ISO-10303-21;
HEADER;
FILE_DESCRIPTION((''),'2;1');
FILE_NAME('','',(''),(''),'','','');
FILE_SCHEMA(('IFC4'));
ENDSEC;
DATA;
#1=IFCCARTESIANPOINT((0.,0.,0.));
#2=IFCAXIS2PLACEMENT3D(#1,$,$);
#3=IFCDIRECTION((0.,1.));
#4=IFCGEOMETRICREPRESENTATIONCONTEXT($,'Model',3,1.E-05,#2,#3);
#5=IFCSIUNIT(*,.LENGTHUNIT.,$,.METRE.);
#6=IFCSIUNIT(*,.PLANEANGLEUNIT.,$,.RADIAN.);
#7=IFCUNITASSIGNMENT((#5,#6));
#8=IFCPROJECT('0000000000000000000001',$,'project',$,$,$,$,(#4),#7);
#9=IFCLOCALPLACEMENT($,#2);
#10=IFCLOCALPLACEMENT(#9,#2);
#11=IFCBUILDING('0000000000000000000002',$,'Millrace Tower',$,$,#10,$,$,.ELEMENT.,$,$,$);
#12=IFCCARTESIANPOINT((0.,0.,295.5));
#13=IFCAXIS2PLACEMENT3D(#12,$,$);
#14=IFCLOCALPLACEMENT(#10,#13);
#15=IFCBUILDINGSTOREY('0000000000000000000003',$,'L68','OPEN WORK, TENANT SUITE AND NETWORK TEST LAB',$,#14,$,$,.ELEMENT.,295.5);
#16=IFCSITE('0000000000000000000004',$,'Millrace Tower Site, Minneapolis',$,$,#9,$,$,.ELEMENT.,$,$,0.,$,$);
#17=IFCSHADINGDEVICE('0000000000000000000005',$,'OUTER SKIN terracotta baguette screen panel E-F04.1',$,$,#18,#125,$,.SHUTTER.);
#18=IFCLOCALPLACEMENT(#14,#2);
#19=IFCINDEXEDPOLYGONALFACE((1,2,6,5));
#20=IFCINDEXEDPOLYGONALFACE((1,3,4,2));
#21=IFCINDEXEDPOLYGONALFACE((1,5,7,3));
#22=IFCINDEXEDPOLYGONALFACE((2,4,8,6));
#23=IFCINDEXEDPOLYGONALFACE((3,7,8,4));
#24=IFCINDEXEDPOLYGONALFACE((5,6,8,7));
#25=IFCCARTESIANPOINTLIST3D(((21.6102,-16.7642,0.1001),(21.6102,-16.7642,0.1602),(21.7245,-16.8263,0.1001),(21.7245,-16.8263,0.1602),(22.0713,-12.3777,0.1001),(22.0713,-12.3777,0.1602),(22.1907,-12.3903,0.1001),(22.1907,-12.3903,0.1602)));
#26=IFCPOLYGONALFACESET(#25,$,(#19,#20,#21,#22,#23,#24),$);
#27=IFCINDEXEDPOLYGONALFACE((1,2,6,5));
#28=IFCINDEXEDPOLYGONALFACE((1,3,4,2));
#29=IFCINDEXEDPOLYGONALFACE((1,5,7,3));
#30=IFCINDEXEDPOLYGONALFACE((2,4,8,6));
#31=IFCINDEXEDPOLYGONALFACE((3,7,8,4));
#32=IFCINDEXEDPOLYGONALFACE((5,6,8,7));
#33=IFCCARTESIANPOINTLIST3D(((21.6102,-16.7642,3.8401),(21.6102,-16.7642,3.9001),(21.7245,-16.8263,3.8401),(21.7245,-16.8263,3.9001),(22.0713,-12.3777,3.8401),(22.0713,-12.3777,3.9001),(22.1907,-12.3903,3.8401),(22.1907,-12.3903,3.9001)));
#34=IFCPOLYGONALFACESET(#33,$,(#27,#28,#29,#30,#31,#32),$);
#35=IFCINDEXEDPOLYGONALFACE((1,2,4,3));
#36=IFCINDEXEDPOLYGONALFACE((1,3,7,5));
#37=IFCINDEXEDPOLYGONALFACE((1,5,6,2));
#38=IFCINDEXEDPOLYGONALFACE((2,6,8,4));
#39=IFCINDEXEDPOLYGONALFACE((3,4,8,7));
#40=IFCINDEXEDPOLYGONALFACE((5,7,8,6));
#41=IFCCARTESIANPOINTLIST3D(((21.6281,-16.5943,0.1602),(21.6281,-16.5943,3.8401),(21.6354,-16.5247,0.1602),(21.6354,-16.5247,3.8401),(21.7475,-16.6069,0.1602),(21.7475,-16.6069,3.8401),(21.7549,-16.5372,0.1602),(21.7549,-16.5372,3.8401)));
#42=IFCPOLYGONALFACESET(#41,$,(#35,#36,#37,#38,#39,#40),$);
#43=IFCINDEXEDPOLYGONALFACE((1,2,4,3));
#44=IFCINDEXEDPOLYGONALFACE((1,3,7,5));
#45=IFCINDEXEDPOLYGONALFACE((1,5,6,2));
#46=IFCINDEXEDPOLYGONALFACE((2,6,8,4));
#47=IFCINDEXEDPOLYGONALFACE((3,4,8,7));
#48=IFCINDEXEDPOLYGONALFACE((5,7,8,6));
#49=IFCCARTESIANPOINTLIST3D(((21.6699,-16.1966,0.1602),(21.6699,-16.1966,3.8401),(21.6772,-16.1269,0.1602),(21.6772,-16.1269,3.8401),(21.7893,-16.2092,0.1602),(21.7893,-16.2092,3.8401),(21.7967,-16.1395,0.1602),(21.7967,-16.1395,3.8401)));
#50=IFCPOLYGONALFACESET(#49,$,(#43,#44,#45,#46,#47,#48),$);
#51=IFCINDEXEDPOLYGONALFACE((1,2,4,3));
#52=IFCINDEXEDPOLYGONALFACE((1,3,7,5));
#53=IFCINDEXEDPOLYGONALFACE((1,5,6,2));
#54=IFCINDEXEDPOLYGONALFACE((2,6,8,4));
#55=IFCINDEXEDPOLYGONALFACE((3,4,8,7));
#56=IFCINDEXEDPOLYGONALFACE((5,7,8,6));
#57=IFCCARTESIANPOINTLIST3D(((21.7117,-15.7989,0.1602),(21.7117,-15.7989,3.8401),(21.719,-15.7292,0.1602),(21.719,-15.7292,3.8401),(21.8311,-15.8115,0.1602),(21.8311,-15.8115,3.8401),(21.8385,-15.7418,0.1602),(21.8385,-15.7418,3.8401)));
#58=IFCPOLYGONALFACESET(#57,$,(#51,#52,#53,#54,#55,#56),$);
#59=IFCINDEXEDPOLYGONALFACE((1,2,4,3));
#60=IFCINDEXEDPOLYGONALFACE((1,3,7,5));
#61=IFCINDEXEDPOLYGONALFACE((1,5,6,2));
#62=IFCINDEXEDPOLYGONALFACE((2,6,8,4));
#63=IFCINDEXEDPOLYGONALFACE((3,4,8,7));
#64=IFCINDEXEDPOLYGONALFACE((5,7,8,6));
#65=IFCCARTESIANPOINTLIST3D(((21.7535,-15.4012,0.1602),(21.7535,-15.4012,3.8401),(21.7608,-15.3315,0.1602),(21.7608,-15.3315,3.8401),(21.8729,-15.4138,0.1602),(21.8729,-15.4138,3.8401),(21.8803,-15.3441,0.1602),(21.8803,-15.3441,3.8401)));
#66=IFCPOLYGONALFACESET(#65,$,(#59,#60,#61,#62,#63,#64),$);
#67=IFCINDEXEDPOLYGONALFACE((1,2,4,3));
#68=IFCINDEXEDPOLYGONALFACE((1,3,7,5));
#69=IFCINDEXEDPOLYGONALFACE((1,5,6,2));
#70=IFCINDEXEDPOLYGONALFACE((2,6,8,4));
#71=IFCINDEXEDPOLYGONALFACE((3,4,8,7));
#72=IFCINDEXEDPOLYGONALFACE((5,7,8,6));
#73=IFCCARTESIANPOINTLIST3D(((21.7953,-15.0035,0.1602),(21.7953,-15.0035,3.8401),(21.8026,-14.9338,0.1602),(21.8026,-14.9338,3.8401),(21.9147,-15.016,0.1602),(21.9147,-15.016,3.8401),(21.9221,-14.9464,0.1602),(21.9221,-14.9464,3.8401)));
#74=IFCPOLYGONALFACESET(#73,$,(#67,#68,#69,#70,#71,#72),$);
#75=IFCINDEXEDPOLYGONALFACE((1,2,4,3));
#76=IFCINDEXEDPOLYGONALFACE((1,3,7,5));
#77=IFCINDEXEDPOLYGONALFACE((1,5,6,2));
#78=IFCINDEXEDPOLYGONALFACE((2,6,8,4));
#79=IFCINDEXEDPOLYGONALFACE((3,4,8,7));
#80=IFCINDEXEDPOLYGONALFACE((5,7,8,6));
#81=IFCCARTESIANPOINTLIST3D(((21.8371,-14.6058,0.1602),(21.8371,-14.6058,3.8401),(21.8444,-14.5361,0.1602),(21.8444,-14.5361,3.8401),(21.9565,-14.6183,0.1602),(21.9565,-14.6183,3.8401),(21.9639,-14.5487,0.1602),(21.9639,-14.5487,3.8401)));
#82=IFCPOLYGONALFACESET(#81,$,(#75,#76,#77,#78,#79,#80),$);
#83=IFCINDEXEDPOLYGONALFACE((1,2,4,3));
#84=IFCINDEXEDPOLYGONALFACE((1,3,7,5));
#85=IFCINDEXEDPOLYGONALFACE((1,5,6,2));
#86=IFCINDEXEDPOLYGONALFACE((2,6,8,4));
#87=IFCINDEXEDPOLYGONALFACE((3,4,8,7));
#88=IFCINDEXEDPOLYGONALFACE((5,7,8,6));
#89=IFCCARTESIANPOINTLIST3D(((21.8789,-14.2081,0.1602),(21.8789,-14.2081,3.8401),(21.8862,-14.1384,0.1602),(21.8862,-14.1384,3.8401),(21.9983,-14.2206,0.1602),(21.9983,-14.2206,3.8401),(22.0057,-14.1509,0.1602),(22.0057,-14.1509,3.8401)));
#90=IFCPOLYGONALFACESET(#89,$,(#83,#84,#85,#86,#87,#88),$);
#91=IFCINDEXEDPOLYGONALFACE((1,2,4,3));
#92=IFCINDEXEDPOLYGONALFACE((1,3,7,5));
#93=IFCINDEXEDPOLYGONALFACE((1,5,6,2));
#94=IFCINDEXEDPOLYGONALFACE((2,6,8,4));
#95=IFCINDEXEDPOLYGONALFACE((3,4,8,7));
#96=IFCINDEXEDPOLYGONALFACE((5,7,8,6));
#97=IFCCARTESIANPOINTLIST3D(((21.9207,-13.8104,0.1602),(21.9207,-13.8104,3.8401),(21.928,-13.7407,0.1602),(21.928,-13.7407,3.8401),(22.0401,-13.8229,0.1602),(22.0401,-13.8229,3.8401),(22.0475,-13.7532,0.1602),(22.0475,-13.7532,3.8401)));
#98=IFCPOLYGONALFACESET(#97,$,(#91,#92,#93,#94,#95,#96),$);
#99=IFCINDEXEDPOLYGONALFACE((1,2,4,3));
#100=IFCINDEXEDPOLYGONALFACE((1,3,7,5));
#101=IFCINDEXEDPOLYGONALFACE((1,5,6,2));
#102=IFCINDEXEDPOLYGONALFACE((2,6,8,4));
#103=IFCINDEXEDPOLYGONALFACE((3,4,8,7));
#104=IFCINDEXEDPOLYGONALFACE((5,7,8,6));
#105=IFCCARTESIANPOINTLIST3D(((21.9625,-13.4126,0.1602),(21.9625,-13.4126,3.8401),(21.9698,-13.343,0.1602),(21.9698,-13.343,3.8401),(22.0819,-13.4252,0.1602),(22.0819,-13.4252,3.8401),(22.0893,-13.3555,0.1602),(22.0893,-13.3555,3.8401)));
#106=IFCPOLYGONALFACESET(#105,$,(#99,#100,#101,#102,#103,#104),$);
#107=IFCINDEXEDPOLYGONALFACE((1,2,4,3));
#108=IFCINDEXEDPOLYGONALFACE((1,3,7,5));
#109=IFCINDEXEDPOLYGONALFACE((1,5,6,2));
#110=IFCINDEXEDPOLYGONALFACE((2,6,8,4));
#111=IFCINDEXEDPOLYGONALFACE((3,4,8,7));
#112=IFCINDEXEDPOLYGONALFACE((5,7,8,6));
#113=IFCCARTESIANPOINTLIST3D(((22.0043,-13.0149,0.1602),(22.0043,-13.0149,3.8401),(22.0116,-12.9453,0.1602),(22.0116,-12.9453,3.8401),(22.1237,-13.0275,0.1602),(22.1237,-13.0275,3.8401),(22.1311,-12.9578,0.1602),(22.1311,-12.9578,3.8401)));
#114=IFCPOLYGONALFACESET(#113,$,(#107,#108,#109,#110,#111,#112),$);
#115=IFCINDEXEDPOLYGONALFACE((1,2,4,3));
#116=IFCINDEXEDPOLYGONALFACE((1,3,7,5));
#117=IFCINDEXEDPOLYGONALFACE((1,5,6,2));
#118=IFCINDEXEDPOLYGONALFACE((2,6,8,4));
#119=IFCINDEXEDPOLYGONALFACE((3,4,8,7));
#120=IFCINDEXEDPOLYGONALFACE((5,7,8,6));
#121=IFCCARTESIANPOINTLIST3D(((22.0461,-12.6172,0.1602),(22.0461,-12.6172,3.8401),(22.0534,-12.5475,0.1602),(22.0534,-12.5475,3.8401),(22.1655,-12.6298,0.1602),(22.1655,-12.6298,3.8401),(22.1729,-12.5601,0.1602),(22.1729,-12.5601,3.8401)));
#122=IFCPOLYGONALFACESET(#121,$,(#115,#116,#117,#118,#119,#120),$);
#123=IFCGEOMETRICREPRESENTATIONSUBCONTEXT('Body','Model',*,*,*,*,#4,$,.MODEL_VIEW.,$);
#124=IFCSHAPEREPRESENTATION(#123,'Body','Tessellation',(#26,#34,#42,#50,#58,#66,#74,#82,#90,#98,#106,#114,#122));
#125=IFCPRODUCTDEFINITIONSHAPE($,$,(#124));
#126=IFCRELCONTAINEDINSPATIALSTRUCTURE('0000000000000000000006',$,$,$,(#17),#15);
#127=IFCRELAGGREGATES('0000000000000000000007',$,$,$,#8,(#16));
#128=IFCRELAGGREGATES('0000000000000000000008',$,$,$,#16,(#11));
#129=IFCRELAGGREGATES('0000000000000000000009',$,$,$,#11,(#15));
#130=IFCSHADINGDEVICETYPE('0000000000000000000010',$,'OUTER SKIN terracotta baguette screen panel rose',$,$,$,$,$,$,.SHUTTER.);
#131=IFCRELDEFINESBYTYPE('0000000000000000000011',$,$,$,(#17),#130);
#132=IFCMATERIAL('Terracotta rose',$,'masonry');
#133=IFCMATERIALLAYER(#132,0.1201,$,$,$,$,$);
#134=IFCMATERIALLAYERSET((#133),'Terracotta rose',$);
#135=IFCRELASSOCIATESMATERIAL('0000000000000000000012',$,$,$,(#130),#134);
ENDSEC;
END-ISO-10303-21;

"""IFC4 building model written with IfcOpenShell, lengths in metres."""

from ifc_helpers import new_model, entity, si_unit, direction, frame, frame_2d, origin, place, context, subcontext, project, spatial, rectangle, extrude, source, transform, mapped, material, layer, layer_set, type_object, element, save


model = new_model("IFC4")

# Units and contexts
model_context = context("Model", 3, precision=1e-05, world=origin(), true_north=direction((0.0, 1.0)))
body_context = subcontext(model_context, "Body", "Model", "MODEL_VIEW")
ifc_project = project(units=[si_unit("LENGTHUNIT", "METRE"), si_unit("PLANEANGLEUNIT", "RADIAN")], contexts=[model_context])

# Site, building, storey
site_placement = place(None, origin())
site = spatial("IfcSite", under=ifc_project, at=site_placement, Name="Millrace Tower Site, Minneapolis", CompositionType="ELEMENT", RefElevation=0.0)
building_placement = place(site_placement, origin())
building = spatial("IfcBuilding", under=site, at=building_placement, Name="Millrace Tower", CompositionType="ELEMENT")
storey_placement = place(building_placement, frame((0.0, 0.0, 295.5)))
storey = spatial("IfcBuildingStorey", under=building, at=storey_placement, Name="L68", Description="OPEN WORK, TENANT SUITE AND NETWORK TEST LAB", CompositionType="ELEMENT", Elevation=295.5)

# Shading device
ifc_material_1 = material(Name="Terracotta rose", Category="masonry")
ifc_layer_1 = layer(ifc_material_1, 0.1201)
ifc_layer_set_1 = layer_set([ifc_layer_1], Name="Terracotta rose")
shading_device_type = type_object("IfcShadingDeviceType", Name="OUTER SKIN terracotta baguette screen panel rose", PredefinedType="SHUTTER", material=ifc_layer_set_1)
cartesian_point_1 = entity("IfcCartesianPoint", [-2.1929, 0.0601])
shared_polyline_1 = entity("IfcPolyline", [cartesian_point_1, entity("IfcCartesianPoint", [2.2178, 0.0601]), entity("IfcCartesianPoint", [2.2178, -0.0601]), entity("IfcCartesianPoint", [-2.2427, -0.0601]), cartesian_point_1])
shared_shape_1 = source(origin(), body_context, "Body", "SweptSolid", [
    entity("IfcExtrudedAreaSolid", entity("IfcArbitraryClosedProfileDef", "AREA", None, shared_polyline_1), entity("IfcAxis2Placement3D", entity("IfcCartesianPoint", [0.0, 0.0, 0.0])), entity("IfcDirection", [0.0, 0.0, 1.0]), 0.0601),
    entity("IfcExtrudedAreaSolid", entity("IfcArbitraryClosedProfileDef", "AREA", None, shared_polyline_1), entity("IfcAxis2Placement3D", entity("IfcCartesianPoint", [0.0, 0.0, 3.74])), entity("IfcDirection", [0.0, 0.0, 1.0]), 0.0601),
    extrude(rectangle(XDim=0.0701, YDim=0.1201, at=frame_2d((-1.9871, 0.0))), frame((0.0, 0.0, 0.0601)), (0.0, 0.0, 1.0), 3.6799),
    extrude(rectangle(XDim=0.0701, YDim=0.1201, at=frame_2d((-1.5872, 0.0))), frame((0.0, 0.0, 0.0601)), (0.0, 0.0, 1.0), 3.6799),
    extrude(rectangle(XDim=0.0701, YDim=0.1201, at=frame_2d((-1.1873, 0.0))), frame((0.0, 0.0, 0.0601)), (0.0, 0.0, 1.0), 3.6799),
    extrude(rectangle(XDim=0.0701, YDim=0.1201, at=frame_2d((-0.7874, 0.0))), frame((0.0, 0.0, 0.0601)), (0.0, 0.0, 1.0), 3.6799),
    extrude(rectangle(XDim=0.0701, YDim=0.1201, at=frame_2d((-0.3875, 0.0))), frame((0.0, 0.0, 0.0601)), (0.0, 0.0, 1.0), 3.6799),
    extrude(rectangle(XDim=0.0701, YDim=0.1201, at=frame_2d((0.0125, 0.0))), frame((0.0, 0.0, 0.0601)), (0.0, 0.0, 1.0), 3.6799),
    extrude(rectangle(XDim=0.0701, YDim=0.1201, at=frame_2d((0.4124, 0.0))), frame((0.0, 0.0, 0.0601)), (0.0, 0.0, 1.0), 3.6799),
    extrude(rectangle(XDim=0.0701, YDim=0.1201, at=frame_2d((0.8123, 0.0))), frame((0.0, 0.0, 0.0601)), (0.0, 0.0, 1.0), 3.6799),
    extrude(rectangle(XDim=0.0701, YDim=0.1201, at=frame_2d((1.2122, 0.0))), frame((0.0, 0.0, 0.0601)), (0.0, 0.0, 1.0), 3.6799),
    extrude(rectangle(XDim=0.0701, YDim=0.1201, at=frame_2d((1.6121, 0.0))), frame((0.0, 0.0, 0.0601)), (0.0, 0.0, 1.0), 3.6799),
    extrude(rectangle(XDim=0.0701, YDim=0.1201, at=frame_2d((2.012, 0.0))), frame((0.0, 0.0, 0.0601)), (0.0, 0.0, 1.0), 3.6799),
])
shading_device_1_placement = place(storey_placement, frame((21.8992, -14.5896, 0.1001), z_axis=(0.0, 0.0, 1.0), x_axis=(0.104528, 0.994522, 0.0)))
element("IfcShadingDevice", 1, at=shading_device_1_placement, inside=storey, type_object=shading_device_type, Name="OUTER SKIN terracotta baguette screen panel E-F04.1", PredefinedType="SHUTTER", context=body_context, shape_type="MappedRepresentation", body=[
    mapped(shared_shape_1, transform((0.0, 0.0, 0.0), scale=1.0)),
])

save(model, "model.ifc")
